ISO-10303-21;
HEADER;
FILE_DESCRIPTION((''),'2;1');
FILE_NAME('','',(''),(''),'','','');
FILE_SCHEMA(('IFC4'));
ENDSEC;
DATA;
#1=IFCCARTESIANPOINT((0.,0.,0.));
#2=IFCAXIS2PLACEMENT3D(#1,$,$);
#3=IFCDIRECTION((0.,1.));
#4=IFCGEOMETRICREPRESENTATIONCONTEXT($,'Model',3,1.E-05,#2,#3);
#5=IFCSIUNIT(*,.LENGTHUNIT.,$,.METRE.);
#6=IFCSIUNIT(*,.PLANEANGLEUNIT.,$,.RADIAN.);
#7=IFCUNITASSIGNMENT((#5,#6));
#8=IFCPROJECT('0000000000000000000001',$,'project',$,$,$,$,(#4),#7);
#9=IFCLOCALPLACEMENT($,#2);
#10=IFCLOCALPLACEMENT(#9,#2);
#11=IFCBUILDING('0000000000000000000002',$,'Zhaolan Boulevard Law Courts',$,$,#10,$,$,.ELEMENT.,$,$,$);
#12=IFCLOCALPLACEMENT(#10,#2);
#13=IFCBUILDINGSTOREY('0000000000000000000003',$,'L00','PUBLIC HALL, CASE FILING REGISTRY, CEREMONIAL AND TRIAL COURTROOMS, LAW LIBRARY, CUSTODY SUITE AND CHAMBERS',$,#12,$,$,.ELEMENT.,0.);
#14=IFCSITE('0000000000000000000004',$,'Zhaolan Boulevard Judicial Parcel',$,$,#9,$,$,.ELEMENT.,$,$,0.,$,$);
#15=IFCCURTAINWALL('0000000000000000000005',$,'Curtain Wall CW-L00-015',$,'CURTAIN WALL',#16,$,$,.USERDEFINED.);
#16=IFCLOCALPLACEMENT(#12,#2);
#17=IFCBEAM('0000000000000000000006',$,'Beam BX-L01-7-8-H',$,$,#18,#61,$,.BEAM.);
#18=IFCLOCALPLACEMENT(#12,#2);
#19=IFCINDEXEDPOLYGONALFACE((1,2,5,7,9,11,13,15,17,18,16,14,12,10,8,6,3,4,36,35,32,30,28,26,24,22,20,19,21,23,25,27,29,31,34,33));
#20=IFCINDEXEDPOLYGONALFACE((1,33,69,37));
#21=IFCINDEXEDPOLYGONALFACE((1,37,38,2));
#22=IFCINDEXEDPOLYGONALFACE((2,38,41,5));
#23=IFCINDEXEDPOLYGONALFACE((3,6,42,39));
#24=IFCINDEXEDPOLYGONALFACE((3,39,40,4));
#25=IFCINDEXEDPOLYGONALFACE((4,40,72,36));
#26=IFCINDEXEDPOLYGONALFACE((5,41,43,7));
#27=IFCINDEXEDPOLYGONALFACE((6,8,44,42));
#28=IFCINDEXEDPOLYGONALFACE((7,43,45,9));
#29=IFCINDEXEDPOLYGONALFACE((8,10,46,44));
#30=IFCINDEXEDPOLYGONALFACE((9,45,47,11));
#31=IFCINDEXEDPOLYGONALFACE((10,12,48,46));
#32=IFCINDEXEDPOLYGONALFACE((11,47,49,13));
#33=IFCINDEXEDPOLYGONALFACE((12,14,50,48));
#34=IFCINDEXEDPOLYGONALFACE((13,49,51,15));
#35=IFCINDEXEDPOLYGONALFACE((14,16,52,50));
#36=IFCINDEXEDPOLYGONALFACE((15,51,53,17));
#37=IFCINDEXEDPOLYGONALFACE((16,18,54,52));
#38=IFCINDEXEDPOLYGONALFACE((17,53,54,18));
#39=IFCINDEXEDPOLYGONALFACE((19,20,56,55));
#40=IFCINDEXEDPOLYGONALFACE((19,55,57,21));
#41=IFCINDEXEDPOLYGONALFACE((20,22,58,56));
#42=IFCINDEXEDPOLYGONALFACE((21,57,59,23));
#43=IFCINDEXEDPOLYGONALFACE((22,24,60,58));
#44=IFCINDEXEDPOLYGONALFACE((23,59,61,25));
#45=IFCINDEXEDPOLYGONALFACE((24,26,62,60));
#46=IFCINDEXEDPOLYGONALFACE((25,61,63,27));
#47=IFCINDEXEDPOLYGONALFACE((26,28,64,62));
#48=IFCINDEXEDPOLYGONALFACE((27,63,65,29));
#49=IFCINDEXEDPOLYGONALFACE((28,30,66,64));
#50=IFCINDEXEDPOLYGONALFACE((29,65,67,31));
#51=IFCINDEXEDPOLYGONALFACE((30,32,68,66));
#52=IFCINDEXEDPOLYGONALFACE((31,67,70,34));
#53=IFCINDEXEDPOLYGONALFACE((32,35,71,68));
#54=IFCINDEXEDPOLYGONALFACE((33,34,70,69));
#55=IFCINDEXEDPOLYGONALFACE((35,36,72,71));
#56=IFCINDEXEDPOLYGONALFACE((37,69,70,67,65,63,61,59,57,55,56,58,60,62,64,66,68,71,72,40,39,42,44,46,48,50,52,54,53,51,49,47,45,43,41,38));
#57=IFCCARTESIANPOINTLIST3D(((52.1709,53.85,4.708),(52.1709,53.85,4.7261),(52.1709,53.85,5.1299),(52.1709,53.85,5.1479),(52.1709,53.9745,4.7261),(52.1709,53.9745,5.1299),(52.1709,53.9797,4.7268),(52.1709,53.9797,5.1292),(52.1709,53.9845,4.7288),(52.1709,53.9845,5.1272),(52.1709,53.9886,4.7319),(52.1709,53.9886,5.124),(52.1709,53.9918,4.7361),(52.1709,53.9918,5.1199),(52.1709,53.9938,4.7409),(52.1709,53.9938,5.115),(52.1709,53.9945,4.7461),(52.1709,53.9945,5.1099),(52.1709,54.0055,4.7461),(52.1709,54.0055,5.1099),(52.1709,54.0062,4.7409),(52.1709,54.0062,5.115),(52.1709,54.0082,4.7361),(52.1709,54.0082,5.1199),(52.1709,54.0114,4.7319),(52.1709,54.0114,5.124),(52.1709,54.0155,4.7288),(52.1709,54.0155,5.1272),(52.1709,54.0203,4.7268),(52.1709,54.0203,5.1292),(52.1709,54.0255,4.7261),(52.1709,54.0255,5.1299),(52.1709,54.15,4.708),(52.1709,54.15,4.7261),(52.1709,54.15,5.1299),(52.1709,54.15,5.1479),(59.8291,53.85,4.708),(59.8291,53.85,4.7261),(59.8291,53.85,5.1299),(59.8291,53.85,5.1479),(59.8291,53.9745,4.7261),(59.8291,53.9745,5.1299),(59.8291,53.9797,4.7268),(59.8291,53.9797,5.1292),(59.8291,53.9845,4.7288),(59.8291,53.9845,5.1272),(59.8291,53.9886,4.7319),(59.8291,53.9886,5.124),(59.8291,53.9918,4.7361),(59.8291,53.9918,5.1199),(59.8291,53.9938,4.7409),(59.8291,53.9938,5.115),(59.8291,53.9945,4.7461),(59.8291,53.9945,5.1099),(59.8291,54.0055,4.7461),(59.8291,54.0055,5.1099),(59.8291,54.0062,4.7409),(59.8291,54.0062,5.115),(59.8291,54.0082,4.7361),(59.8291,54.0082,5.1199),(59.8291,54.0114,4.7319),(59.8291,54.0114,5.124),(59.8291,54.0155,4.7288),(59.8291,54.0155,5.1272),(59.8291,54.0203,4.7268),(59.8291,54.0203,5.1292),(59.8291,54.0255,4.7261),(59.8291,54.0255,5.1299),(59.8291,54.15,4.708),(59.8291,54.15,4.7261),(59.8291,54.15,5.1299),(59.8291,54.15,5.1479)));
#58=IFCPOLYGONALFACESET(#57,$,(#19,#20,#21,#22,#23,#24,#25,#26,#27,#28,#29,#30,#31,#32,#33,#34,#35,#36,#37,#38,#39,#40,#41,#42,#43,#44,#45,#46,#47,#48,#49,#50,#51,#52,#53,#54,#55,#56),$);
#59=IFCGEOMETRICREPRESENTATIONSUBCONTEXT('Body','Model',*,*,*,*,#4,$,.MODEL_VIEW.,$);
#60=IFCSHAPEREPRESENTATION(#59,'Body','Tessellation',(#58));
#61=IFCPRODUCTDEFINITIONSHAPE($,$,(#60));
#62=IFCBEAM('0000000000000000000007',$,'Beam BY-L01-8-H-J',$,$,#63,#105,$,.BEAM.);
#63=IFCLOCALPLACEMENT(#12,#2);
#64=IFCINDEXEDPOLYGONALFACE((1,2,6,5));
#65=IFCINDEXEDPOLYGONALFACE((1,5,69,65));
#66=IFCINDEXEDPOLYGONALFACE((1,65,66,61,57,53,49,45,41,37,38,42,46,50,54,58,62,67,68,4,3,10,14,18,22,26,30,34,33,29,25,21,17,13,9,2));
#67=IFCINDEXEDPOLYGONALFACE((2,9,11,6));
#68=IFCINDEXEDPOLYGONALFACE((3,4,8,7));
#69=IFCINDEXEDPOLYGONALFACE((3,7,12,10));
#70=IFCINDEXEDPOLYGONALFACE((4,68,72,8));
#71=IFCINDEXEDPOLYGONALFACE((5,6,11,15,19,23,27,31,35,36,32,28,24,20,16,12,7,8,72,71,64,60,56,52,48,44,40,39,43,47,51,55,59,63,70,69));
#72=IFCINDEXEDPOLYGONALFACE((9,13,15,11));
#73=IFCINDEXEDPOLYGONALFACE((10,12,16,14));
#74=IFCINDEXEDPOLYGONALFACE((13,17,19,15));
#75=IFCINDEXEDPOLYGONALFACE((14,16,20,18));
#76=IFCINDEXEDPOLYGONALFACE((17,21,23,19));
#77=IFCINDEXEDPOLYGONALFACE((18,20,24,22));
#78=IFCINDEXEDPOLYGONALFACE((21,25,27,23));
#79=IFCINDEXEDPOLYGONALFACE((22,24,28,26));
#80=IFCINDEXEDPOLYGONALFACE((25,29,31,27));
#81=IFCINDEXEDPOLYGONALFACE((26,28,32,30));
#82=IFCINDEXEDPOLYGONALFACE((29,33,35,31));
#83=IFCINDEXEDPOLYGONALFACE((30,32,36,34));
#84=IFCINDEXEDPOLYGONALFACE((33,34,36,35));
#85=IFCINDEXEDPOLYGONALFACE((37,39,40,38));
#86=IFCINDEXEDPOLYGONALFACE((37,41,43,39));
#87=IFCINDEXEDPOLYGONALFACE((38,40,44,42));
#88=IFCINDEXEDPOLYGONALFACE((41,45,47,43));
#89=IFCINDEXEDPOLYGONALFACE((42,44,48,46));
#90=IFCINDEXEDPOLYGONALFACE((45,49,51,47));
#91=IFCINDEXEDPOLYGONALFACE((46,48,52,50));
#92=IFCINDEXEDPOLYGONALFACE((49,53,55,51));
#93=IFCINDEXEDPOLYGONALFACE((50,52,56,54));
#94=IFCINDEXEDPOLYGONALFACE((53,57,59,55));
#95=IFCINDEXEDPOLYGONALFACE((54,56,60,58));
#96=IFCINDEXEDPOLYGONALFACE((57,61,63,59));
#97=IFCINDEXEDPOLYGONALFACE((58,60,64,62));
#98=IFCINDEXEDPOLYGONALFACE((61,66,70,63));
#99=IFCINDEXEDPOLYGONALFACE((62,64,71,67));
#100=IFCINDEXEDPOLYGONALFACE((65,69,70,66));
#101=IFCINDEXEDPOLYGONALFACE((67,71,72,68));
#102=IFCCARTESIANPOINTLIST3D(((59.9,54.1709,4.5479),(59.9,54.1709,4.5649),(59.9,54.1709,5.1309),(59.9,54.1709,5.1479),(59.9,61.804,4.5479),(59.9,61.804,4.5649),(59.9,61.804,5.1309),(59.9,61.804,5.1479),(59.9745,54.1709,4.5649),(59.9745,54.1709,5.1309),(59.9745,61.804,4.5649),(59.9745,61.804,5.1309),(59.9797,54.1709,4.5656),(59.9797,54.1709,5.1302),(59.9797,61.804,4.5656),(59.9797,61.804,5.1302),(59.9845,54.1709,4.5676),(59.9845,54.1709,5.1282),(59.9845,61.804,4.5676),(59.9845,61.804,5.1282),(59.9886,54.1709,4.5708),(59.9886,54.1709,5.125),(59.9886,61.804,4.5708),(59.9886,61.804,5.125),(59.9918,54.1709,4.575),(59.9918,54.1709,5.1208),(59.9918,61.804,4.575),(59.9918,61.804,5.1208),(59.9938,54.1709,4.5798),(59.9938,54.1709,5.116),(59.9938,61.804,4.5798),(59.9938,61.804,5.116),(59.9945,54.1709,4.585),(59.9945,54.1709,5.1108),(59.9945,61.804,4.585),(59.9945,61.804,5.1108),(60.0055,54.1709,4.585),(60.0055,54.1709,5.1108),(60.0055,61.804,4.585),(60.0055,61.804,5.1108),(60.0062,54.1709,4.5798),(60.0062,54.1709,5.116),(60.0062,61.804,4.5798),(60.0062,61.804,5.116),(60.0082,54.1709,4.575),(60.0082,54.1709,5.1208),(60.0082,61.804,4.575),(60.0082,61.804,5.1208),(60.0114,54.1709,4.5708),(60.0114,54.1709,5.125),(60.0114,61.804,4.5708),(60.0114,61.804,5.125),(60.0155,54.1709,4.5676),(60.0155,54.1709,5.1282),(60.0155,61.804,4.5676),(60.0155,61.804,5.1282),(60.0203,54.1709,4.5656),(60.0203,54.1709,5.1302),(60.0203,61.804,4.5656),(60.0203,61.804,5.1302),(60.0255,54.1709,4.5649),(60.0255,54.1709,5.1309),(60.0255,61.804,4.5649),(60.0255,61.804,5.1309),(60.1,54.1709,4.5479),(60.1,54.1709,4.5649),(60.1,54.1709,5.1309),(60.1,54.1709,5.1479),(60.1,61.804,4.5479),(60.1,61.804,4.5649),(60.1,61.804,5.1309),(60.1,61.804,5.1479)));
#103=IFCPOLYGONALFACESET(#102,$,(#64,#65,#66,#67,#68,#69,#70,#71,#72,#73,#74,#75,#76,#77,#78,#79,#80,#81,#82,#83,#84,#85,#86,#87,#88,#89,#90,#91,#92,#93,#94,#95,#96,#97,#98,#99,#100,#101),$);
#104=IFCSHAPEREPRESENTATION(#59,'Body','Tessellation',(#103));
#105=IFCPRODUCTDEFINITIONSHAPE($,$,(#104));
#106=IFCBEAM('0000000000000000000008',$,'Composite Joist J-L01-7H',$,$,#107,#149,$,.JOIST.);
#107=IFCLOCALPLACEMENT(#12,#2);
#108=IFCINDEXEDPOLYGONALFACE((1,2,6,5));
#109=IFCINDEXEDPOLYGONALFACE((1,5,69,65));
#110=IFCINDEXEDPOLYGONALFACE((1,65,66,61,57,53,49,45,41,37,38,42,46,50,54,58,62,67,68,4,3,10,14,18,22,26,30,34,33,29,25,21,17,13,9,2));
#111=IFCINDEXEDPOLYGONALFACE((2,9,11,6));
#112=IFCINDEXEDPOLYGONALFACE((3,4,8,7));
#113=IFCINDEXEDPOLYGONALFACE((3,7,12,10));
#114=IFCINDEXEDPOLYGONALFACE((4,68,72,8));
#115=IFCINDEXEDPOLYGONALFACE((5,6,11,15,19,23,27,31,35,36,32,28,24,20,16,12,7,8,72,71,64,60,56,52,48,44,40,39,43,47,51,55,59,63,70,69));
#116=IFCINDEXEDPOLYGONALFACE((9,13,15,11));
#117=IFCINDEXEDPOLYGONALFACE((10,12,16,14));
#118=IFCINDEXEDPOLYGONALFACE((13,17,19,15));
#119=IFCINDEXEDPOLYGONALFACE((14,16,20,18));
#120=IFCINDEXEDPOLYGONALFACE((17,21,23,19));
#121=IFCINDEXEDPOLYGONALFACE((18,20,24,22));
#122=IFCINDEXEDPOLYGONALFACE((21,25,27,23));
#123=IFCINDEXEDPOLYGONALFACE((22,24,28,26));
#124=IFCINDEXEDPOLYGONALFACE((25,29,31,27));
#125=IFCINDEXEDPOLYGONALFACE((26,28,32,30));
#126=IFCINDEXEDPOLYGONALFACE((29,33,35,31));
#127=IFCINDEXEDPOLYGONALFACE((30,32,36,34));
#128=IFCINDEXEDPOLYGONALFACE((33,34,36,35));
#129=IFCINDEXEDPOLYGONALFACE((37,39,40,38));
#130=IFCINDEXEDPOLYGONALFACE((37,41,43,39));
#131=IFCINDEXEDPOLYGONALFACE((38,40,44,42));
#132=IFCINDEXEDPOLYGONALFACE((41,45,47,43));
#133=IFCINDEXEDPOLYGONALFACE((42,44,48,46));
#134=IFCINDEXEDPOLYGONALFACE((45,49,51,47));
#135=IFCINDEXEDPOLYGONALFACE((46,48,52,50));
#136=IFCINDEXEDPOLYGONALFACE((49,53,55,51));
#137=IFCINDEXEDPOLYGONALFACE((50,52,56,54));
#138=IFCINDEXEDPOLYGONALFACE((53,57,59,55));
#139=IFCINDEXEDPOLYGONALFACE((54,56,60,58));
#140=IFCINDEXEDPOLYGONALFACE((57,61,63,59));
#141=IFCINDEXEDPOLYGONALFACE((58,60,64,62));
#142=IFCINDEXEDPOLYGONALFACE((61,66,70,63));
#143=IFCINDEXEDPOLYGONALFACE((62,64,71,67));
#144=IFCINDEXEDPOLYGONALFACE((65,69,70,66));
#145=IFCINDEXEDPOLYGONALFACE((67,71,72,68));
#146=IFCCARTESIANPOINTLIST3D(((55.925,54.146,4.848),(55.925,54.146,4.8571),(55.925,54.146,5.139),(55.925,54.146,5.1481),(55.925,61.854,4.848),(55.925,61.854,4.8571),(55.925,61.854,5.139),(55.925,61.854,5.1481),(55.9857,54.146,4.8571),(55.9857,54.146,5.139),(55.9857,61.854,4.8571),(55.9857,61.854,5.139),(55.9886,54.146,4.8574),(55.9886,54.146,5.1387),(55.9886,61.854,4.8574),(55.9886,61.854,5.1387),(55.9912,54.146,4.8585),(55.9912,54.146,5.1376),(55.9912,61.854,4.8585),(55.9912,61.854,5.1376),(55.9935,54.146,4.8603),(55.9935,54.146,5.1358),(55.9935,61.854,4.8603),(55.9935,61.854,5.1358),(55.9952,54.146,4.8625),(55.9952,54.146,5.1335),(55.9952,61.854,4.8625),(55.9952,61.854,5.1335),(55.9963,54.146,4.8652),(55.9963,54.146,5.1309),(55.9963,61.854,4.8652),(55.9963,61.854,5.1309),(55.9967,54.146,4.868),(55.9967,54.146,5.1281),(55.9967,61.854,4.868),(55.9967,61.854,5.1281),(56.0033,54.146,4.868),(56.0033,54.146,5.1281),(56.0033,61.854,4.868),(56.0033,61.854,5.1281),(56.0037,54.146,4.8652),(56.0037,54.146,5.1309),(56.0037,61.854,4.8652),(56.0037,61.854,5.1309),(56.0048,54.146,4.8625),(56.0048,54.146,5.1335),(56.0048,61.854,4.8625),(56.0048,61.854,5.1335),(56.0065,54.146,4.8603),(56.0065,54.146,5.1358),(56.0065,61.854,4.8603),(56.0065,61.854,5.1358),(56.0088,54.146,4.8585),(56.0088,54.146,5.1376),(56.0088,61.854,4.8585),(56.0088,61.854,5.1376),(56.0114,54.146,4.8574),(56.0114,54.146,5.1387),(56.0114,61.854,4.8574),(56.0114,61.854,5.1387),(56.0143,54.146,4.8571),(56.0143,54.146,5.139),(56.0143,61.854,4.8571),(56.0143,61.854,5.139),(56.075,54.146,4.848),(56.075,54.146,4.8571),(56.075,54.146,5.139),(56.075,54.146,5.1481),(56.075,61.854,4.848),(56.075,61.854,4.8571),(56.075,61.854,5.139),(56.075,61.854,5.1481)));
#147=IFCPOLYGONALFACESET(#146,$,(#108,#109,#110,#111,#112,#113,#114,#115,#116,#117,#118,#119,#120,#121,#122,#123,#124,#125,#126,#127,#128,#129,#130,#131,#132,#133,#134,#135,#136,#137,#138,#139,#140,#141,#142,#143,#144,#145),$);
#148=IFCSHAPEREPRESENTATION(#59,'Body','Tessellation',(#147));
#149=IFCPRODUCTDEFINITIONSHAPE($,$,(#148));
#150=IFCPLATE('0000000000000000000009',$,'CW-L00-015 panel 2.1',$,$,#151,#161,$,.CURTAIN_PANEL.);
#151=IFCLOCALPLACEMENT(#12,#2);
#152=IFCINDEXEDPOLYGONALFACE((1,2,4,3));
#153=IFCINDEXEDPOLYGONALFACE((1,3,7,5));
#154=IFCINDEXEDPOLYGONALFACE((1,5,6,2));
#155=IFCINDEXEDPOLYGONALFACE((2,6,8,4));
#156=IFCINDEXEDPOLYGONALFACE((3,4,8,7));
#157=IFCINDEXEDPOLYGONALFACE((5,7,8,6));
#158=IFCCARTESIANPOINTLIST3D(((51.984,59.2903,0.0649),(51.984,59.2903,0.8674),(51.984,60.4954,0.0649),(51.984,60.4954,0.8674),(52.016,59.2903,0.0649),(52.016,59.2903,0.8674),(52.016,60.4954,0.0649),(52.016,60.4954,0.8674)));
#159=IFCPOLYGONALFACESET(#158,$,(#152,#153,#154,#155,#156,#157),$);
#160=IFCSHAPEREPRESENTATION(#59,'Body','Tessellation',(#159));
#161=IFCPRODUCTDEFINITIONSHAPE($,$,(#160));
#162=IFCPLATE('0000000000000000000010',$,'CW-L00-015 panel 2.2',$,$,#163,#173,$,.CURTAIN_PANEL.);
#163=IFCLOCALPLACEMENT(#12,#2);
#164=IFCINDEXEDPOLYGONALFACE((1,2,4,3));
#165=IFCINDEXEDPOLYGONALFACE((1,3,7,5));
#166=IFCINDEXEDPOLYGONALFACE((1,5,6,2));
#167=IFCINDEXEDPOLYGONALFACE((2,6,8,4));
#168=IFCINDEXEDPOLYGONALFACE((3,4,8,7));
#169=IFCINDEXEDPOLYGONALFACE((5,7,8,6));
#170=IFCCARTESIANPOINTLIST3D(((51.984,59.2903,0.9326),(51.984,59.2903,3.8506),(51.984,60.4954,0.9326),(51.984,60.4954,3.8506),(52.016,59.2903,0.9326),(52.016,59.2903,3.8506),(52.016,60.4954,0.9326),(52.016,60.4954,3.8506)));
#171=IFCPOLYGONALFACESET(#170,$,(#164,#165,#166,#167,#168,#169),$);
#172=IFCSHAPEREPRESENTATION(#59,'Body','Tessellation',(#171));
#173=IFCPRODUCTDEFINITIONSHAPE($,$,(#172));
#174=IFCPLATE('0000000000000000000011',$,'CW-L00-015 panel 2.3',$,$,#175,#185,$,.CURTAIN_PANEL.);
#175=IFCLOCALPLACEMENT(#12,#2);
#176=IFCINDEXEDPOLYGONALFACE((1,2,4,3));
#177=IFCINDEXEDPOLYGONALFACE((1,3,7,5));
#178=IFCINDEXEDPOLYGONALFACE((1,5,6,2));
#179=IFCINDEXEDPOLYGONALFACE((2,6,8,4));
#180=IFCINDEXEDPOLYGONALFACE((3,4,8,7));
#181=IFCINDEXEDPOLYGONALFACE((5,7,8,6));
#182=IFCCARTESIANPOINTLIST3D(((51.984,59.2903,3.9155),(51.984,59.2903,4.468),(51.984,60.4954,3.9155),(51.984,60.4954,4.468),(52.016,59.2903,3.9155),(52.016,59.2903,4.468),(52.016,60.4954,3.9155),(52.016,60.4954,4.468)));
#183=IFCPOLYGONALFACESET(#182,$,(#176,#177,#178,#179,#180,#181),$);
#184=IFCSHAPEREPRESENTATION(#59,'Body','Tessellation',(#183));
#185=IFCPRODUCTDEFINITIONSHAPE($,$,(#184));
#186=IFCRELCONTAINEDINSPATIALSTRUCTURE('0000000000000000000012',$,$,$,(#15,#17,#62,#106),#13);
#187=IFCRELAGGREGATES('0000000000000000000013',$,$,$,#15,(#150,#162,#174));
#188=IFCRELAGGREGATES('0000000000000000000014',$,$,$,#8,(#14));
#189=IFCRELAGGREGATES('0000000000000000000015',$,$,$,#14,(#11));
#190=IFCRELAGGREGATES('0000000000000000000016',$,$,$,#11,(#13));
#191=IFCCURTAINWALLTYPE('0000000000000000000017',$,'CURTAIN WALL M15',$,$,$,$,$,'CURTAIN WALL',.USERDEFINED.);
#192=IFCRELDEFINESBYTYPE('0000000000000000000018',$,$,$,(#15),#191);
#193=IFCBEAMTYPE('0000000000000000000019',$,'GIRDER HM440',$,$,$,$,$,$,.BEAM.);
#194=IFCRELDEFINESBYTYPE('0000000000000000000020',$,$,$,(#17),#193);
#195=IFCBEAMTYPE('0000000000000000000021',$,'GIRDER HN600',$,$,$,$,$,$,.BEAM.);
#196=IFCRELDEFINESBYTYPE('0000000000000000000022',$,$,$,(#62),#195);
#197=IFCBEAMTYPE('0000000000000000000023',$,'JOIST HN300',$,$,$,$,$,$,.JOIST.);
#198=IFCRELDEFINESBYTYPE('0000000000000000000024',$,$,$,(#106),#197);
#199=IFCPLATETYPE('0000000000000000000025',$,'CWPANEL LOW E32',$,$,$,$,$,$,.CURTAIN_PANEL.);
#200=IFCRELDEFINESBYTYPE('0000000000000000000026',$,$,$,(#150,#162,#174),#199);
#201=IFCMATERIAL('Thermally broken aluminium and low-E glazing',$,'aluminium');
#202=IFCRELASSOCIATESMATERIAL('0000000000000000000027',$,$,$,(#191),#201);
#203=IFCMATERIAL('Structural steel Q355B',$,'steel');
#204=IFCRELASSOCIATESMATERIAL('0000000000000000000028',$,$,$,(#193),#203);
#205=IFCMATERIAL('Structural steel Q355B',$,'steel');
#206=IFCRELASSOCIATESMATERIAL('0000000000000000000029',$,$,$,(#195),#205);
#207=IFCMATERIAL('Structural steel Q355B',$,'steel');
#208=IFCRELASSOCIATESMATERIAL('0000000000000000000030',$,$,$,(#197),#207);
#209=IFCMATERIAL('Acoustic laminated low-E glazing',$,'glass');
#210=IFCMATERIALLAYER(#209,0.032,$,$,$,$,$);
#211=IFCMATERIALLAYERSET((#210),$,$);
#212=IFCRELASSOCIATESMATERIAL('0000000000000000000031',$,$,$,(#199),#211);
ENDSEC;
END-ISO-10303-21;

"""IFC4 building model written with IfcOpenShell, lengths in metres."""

from ifc_helpers import new_model, si_unit, direction, frame, origin, origin_2d, place, context, subcontext, project, spatial, rectangle, i_section, extrude, material, layer, layer_set, material_profile, profile_set, type_object, element, aggregate, save


model = new_model("IFC4")

# Units and contexts
model_context = context("Model", 3, precision=1e-05, world=origin(), true_north=direction((0.0, 1.0)))
body_context = subcontext(model_context, "Body", "Model", "MODEL_VIEW")
ifc_project = project(units=[si_unit("LENGTHUNIT", "METRE"), si_unit("PLANEANGLEUNIT", "RADIAN")], contexts=[model_context])

# Site, building, storey
site_placement = place(None, origin())
site = spatial("IfcSite", under=ifc_project, at=site_placement, Name="Zhaolan Boulevard Judicial Parcel", CompositionType="ELEMENT", RefElevation=0.0)
building_placement = place(site_placement, origin())
building = spatial("IfcBuilding", under=site, at=building_placement, Name="Zhaolan Boulevard Law Courts", CompositionType="ELEMENT")
storey_placement = place(building_placement, origin())
storey = spatial("IfcBuildingStorey", under=building, at=storey_placement, Name="L00", Description="PUBLIC HALL, CASE FILING REGISTRY, CEREMONIAL AND TRIAL COURTROOMS, LAW LIBRARY, CUSTODY SUITE AND CHAMBERS", CompositionType="ELEMENT", Elevation=0.0)

# Curtain wall
ifc_material_1 = material(Name="Thermally broken aluminium and low-E glazing", Category="aluminium")
curtain_wall_type = type_object("IfcCurtainWallType", Name="CURTAIN WALL M15", ElementType="CURTAIN WALL", PredefinedType="USERDEFINED", material=ifc_material_1)
curtain_wall_placement = place(storey_placement, origin())
curtain_wall = element("IfcCurtainWall", 1, at=curtain_wall_placement, inside=storey, type_object=curtain_wall_type, Name="Curtain Wall CW-L00-015", ObjectType="CURTAIN WALL", PredefinedType="USERDEFINED")

# Beams
ifc_material_2 = material(Name="Structural steel Q355B", Category="steel")
ifc_material_profile_1 = material_profile(ifc_material_2, i_section(OverallWidth=0.3, OverallDepth=0.4399, WebThickness=0.011, FlangeThickness=0.0181, FilletRadius=0.02, at=origin_2d()), Name="HM440x300")
ifc_profile_set_1 = profile_set([ifc_material_profile_1], Name="Structural steel Q355B")
beam_type_1 = type_object("IfcBeamType", Name="GIRDER HM440", PredefinedType="BEAM", material=ifc_profile_set_1)
beam_1_placement = place(storey_placement, frame((52.1709, 54.0, 4.928), z_axis=(1.0, 0.0, 0.0), x_axis=(0.0, 1.0, 0.0)))
element("IfcBeam", 2, at=beam_1_placement, inside=storey, type_object=beam_type_1, Name="Beam BX-L01-7-8-H", PredefinedType="BEAM", context=body_context, shape_type="SweptSolid", body=[
    extrude(i_section(OverallWidth=0.3, OverallDepth=0.4399, WebThickness=0.011, FlangeThickness=0.0181, FilletRadius=0.02, at=origin_2d()), origin(), (0.0, 0.0, 1.0), 7.6582),
])
ifc_material_3 = material(Name="Structural steel Q355B", Category="steel")
ifc_material_profile_2 = material_profile(ifc_material_3, i_section(OverallWidth=0.2, OverallDepth=0.6001, WebThickness=0.011, FlangeThickness=0.0171, FilletRadius=0.02, at=origin_2d()), Name="HN600x200")
ifc_profile_set_2 = profile_set([ifc_material_profile_2], Name="Structural steel Q355B")
beam_type_2 = type_object("IfcBeamType", Name="GIRDER HN600", PredefinedType="BEAM", material=ifc_profile_set_2)
beam_2_placement = place(storey_placement, frame((60.0, 54.1709, 4.8479), z_axis=(0.0, 1.0, 0.0), x_axis=(-1.0, 0.0, 0.0)))
element("IfcBeam", 3, at=beam_2_placement, inside=storey, type_object=beam_type_2, Name="Beam BY-L01-8-H-J", PredefinedType="BEAM", context=body_context, shape_type="SweptSolid", body=[
    extrude(i_section(OverallWidth=0.2, OverallDepth=0.6001, WebThickness=0.011, FlangeThickness=0.0171, FilletRadius=0.02, at=origin_2d()), origin(), (0.0, 0.0, 1.0), 7.6331),
])
ifc_material_4 = material(Name="Structural steel Q355B", Category="steel")
ifc_material_profile_3 = material_profile(ifc_material_4, i_section(OverallWidth=0.1499, OverallDepth=0.3, WebThickness=0.0066, FlangeThickness=0.009, FilletRadius=0.011, at=origin_2d()), Name="HN300x150")
ifc_profile_set_3 = profile_set([ifc_material_profile_3], Name="Structural steel Q355B")
beam_type_3 = type_object("IfcBeamType", Name="JOIST HN300", PredefinedType="JOIST", material=ifc_profile_set_3)
beam_3_placement = place(storey_placement, frame((56.0, 54.146, 4.998), z_axis=(0.0, 1.0, 0.0), x_axis=(-1.0, 0.0, 0.0)))
element("IfcBeam", 4, at=beam_3_placement, inside=storey, type_object=beam_type_3, Name="Composite Joist J-L01-7H", PredefinedType="JOIST", context=body_context, shape_type="SweptSolid", body=[
    extrude(i_section(OverallWidth=0.1499, OverallDepth=0.3, WebThickness=0.0066, FlangeThickness=0.009, FilletRadius=0.011, at=origin_2d()), origin(), (0.0, 0.0, 1.0), 7.708),
])

# Plates
ifc_material_5 = material(Name="Acoustic laminated low-E glazing", Category="glass")
ifc_layer_1 = layer(ifc_material_5, 0.032)
ifc_layer_set_1 = layer_set([ifc_layer_1])
plate_type = type_object("IfcPlateType", Name="CWPANEL LOW E32", PredefinedType="CURTAIN_PANEL", material=ifc_layer_set_1)
plate_1_placement = place(storey_placement, frame((52.0, 59.8928, 0.0649), z_axis=(0.0, 0.0, 1.0), x_axis=(0.0, -1.0, 0.0)))
plate_1 = element("IfcPlate", 5, at=plate_1_placement, type_object=plate_type, Name="CW-L00-015 panel 2.1", PredefinedType="CURTAIN_PANEL", context=body_context, shape_type="SweptSolid", body=[
    extrude(rectangle(XDim=1.2051, YDim=0.032, at=origin_2d()), origin(), (0.0, 0.0, 1.0), 0.8025),
])
plate_2_placement = place(storey_placement, frame((52.0, 59.8928, 0.9326), z_axis=(0.0, 0.0, 1.0), x_axis=(0.0, -1.0, 0.0)))
plate_2 = element("IfcPlate", 6, at=plate_2_placement, type_object=plate_type, Name="CW-L00-015 panel 2.2", PredefinedType="CURTAIN_PANEL", context=body_context, shape_type="SweptSolid", body=[
    extrude(rectangle(XDim=1.2051, YDim=0.032, at=origin_2d()), origin(), (0.0, 0.0, 1.0), 2.918),
])
plate_3_placement = place(storey_placement, frame((52.0, 59.8928, 3.9155), z_axis=(0.0, 0.0, 1.0), x_axis=(0.0, -1.0, 0.0)))
plate_3 = element("IfcPlate", 7, at=plate_3_placement, type_object=plate_type, Name="CW-L00-015 panel 2.3", PredefinedType="CURTAIN_PANEL", context=body_context, shape_type="SweptSolid", body=[
    extrude(rectangle(XDim=1.2051, YDim=0.032, at=origin_2d()), origin(), (0.0, 0.0, 1.0), 0.5525),
])
aggregate(curtain_wall, [plate_1, plate_2, plate_3])

save(model, "model.ifc")
